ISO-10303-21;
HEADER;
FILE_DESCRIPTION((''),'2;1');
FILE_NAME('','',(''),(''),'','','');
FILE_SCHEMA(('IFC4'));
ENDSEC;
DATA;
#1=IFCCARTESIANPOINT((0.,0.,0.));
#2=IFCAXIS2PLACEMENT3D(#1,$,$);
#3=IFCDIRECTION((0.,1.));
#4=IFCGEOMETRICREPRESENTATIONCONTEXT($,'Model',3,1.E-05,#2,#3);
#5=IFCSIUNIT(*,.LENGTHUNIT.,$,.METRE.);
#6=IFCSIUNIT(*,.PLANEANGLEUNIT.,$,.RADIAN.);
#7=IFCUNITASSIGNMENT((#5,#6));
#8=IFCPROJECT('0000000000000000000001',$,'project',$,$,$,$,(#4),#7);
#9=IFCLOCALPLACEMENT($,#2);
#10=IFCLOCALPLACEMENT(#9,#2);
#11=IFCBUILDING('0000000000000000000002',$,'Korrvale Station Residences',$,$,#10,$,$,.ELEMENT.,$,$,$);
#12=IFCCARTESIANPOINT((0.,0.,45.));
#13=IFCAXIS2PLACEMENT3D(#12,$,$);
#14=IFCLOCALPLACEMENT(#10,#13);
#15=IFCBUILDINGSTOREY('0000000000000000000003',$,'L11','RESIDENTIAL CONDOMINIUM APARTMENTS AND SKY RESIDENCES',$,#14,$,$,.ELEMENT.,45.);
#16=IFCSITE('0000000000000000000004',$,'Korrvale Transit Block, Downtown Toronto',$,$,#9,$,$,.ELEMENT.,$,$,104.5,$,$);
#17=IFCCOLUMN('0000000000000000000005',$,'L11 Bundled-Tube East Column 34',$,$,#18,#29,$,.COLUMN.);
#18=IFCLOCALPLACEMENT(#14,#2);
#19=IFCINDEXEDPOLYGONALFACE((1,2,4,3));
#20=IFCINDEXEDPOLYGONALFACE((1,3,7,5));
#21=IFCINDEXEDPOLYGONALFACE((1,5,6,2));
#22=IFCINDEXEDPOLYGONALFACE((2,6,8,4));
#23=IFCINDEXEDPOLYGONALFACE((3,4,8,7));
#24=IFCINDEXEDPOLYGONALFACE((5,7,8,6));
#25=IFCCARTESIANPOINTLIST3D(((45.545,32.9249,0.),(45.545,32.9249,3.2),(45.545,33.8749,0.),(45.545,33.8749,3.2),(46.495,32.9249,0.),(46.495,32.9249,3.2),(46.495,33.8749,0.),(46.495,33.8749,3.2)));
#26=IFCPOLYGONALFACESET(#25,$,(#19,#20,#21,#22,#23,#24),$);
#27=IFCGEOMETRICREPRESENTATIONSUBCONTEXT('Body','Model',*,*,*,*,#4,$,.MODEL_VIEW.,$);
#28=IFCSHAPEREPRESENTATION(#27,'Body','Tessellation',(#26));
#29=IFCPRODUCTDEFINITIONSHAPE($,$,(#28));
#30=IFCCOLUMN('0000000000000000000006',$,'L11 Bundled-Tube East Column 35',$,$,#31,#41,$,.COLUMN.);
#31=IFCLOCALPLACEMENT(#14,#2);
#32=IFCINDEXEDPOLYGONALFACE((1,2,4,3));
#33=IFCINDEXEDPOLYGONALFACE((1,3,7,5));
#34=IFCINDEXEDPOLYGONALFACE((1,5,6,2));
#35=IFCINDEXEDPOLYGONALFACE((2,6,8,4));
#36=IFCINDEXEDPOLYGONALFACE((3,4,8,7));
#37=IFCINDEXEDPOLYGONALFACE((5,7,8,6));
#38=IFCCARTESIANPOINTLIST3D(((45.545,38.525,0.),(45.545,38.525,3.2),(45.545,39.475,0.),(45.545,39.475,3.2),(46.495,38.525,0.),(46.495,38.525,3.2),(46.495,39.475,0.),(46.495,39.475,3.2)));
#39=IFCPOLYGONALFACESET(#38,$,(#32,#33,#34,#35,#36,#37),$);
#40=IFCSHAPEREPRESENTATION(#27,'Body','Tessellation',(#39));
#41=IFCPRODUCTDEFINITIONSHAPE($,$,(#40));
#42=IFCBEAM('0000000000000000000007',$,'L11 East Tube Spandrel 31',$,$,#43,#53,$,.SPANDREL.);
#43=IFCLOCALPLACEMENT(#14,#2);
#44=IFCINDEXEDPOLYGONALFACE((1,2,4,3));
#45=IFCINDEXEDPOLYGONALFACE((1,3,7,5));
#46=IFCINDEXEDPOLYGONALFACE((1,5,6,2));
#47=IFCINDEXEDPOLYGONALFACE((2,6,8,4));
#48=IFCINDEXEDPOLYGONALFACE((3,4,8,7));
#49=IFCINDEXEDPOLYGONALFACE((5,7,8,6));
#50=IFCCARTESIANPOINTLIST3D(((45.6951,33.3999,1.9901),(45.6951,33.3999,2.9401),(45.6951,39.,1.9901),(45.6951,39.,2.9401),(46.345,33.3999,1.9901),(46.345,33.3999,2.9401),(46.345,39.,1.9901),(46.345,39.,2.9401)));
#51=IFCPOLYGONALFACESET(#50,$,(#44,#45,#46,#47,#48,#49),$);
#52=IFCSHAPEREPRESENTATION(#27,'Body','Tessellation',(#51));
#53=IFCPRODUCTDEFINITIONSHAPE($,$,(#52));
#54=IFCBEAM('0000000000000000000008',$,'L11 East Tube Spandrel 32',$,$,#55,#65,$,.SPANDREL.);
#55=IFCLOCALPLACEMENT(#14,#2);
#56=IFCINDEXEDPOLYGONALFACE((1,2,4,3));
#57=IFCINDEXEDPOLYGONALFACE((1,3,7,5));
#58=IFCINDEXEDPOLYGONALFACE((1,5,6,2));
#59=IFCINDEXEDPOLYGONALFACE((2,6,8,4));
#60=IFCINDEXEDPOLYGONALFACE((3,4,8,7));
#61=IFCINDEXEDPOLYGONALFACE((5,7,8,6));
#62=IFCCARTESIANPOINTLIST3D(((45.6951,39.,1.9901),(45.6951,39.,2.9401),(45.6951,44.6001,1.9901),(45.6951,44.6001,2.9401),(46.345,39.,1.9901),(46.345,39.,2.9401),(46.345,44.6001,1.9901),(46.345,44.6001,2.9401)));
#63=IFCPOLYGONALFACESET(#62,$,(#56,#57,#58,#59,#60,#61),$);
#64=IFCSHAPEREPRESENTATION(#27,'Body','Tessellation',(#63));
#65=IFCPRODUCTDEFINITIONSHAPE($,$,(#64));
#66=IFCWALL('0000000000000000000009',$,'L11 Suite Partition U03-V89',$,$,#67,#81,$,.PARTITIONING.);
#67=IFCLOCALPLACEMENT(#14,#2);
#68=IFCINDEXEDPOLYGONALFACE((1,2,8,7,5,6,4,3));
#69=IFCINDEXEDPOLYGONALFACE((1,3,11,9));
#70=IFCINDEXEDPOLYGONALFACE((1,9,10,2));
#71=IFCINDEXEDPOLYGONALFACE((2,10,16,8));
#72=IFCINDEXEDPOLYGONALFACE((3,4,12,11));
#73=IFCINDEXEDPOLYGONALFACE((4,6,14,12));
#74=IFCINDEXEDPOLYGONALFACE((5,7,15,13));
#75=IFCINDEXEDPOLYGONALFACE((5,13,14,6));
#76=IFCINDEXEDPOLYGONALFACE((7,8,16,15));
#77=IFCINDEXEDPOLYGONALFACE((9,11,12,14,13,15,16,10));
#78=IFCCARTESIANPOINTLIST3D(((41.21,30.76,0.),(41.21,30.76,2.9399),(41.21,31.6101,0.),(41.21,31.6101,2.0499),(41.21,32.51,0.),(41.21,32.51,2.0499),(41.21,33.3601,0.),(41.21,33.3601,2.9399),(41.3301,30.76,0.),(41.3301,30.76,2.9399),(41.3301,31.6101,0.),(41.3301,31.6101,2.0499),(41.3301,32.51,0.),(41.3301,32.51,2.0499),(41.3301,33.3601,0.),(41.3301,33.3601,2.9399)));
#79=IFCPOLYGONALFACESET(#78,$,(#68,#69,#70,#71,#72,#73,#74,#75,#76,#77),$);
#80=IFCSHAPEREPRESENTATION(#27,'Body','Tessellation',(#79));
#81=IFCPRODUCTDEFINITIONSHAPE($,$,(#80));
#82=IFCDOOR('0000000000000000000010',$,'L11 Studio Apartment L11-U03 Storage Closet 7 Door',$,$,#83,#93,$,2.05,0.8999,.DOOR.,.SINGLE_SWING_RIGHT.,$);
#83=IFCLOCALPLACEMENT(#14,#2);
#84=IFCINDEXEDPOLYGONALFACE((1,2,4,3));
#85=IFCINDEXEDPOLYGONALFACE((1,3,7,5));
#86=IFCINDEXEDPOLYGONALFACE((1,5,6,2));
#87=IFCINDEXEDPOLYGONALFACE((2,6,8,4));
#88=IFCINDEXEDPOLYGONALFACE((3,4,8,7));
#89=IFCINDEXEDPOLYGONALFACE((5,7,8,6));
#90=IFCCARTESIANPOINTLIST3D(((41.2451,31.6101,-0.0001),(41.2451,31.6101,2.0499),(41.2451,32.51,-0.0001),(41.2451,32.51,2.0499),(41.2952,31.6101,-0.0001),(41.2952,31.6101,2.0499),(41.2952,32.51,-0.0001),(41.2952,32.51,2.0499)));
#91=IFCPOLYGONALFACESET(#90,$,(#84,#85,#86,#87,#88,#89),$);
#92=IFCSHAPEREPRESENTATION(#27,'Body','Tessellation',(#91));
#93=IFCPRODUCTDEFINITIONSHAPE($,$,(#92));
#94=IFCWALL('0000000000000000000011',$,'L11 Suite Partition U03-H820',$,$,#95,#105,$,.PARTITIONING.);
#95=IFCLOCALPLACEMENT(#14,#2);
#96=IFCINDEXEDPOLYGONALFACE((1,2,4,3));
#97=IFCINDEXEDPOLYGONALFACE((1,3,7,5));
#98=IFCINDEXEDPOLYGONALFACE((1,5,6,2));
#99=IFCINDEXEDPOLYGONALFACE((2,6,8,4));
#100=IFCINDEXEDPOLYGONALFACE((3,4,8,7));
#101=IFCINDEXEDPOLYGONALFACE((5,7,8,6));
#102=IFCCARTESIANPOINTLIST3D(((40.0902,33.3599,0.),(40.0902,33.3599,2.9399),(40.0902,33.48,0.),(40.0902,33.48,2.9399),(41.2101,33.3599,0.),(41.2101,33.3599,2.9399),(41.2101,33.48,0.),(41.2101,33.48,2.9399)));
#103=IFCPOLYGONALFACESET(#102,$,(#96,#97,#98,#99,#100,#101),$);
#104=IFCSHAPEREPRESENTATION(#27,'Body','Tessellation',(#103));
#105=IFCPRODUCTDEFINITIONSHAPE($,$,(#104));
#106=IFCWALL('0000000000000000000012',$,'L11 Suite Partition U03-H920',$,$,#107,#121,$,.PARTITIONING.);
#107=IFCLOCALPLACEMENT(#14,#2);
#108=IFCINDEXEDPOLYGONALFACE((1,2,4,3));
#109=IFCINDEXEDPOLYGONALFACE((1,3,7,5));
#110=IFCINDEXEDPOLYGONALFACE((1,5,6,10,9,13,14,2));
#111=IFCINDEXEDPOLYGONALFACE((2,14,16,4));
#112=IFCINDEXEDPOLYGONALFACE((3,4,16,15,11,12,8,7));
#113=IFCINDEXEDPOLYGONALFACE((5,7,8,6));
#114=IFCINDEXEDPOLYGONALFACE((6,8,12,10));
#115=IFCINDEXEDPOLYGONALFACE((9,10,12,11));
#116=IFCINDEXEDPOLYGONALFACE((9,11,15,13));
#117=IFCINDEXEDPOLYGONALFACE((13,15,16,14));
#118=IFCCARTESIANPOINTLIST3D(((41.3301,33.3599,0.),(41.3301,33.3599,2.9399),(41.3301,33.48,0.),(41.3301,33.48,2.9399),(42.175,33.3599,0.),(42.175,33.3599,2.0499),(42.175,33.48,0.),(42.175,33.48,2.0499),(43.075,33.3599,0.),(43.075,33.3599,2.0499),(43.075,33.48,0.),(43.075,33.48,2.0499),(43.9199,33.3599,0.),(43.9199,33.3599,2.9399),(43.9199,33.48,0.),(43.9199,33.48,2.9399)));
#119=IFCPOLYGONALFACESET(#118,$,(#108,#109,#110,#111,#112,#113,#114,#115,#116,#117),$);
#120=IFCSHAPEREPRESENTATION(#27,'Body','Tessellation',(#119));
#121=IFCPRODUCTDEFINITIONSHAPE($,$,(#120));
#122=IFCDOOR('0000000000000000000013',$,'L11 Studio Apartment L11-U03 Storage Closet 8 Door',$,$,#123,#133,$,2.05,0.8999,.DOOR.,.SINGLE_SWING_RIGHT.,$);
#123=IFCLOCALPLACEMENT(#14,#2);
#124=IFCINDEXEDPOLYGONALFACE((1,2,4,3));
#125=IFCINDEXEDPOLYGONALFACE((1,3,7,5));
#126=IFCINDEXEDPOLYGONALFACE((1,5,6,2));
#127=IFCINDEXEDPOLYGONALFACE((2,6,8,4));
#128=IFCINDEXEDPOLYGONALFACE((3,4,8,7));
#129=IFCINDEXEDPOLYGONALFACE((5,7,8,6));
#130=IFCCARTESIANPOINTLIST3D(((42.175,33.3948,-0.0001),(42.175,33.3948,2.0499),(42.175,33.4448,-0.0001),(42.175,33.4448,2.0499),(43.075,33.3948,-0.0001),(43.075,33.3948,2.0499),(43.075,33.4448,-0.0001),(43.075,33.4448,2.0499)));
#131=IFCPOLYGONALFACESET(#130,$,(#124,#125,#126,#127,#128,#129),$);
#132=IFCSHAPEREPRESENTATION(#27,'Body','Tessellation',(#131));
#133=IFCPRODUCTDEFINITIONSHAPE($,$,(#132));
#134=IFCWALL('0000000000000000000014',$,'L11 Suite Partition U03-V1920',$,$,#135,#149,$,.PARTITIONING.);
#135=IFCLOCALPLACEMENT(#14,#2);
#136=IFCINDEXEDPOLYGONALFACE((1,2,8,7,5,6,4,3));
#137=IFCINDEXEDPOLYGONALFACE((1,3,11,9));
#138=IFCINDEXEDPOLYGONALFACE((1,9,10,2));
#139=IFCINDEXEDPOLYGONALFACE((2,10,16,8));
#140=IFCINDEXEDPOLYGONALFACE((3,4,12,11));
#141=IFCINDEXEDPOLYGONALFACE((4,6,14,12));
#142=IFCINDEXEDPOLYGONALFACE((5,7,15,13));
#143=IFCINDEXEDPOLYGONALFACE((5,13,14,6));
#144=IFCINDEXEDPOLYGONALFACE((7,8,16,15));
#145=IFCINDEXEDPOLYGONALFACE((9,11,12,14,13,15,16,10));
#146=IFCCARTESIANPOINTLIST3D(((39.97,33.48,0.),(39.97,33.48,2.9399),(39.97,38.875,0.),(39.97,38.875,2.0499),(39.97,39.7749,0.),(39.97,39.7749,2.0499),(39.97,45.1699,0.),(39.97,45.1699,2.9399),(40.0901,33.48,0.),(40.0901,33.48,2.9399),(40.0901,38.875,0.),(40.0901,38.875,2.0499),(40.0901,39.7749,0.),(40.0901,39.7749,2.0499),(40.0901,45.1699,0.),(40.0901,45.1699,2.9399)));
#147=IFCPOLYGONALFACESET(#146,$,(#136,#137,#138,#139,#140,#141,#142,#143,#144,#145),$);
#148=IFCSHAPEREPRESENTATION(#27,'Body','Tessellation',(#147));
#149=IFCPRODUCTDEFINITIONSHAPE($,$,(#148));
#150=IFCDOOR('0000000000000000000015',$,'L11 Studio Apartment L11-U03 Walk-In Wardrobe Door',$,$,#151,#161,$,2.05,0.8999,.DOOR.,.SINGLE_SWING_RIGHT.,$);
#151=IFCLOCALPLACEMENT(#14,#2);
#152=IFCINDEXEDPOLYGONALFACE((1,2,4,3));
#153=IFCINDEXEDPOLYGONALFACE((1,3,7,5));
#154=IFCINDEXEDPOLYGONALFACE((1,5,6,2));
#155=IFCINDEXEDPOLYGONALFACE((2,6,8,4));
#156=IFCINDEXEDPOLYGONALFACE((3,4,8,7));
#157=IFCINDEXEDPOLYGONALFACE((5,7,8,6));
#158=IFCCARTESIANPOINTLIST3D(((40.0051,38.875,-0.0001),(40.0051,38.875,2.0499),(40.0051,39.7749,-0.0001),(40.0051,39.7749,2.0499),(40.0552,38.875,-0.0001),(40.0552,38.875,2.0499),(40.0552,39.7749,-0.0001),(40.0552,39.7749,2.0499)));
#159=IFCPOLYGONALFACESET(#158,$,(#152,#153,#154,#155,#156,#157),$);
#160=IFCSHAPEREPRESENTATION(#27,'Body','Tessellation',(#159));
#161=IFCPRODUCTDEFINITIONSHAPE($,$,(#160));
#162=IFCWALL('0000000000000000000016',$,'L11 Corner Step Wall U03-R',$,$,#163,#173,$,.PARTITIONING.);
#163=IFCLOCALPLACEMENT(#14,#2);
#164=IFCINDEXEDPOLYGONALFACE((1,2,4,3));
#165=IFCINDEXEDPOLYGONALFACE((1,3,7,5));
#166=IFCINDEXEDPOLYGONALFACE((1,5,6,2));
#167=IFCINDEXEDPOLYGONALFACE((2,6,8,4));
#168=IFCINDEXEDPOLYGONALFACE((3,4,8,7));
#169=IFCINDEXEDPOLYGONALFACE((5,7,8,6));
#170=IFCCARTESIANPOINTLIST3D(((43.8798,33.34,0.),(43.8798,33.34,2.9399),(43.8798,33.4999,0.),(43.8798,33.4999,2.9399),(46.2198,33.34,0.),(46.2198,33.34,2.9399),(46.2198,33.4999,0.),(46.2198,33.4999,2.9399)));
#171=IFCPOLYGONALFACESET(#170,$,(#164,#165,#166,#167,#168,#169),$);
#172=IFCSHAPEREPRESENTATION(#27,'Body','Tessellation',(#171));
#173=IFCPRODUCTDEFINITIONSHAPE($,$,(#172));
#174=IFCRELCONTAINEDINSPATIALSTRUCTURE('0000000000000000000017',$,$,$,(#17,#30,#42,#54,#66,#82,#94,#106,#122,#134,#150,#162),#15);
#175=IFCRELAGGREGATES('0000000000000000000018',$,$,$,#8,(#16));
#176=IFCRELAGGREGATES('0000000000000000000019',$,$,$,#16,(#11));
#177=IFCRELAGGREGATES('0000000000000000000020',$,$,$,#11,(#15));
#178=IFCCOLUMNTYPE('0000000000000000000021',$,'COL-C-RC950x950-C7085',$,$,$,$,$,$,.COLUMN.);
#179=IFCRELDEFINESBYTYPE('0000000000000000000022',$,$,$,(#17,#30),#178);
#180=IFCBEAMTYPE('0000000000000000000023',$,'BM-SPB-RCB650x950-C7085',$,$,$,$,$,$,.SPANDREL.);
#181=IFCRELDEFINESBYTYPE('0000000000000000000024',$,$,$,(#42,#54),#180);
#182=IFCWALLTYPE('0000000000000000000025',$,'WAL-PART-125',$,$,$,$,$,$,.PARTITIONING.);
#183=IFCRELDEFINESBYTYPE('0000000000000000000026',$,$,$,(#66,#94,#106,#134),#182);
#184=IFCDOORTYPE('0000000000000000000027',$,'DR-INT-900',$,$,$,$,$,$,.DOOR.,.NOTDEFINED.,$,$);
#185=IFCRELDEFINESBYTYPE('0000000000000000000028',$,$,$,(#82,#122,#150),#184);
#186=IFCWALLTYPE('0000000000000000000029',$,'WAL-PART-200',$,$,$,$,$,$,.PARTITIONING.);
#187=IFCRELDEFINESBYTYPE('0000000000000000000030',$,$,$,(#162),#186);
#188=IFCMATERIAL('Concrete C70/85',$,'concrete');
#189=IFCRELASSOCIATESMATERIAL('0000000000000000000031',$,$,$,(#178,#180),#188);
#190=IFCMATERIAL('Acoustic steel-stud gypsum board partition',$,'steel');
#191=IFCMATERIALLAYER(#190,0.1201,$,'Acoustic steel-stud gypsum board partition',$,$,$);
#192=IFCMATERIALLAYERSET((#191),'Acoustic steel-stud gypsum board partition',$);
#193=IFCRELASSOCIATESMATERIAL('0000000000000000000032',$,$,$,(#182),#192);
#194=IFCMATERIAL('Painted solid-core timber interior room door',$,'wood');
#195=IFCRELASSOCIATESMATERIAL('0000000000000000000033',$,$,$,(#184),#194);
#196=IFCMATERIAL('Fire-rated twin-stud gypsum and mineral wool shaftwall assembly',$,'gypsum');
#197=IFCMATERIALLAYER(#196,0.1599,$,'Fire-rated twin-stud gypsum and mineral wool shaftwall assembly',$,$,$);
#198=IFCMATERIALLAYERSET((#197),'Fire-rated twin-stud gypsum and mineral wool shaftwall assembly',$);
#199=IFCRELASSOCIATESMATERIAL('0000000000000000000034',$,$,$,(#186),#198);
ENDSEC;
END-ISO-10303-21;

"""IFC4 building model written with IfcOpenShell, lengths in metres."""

from ifc_helpers import new_model, si_unit, direction, frame, frame_2d, origin, origin_2d, place, context, subcontext, project, spatial, rectangle, extrude, material, layer, layer_set, material_profile, profile_set, type_object, element, fill, save


model = new_model("IFC4")

# Units and contexts
model_context = context("Model", 3, precision=1e-05, world=origin(), true_north=direction((0.0, 1.0)))
body_context = subcontext(model_context, "Body", "Model", "MODEL_VIEW")
ifc_project = project(units=[si_unit("LENGTHUNIT", "METRE"), si_unit("PLANEANGLEUNIT", "RADIAN")], contexts=[model_context])

# Site, building, storey
site_placement = place(None, origin())
site = spatial("IfcSite", under=ifc_project, at=site_placement, Name="Korrvale Transit Block, Downtown Toronto", CompositionType="ELEMENT", RefElevation=104.5)
building_placement = place(site_placement, origin())
building = spatial("IfcBuilding", under=site, at=building_placement, Name="Korrvale Station Residences", CompositionType="ELEMENT")
storey_placement = place(building_placement, frame((0.0, 0.0, 45.0)))
storey = spatial("IfcBuildingStorey", under=building, at=storey_placement, Name="L11", Description="RESIDENTIAL CONDOMINIUM APARTMENTS AND SKY RESIDENCES", CompositionType="ELEMENT", Elevation=45.0)

# Columns
ifc_material_1 = material(Name="Concrete C70/85", Category="concrete")
ifc_material_profile_1 = material_profile(ifc_material_1, rectangle(XDim=0.95, YDim=0.95, at=origin_2d()), Name="RC950x950")
ifc_profile_set_1 = profile_set([ifc_material_profile_1], Name="Concrete C70/85")
column_type = type_object("IfcColumnType", Name="COL-C-RC950x950-C7085", PredefinedType="COLUMN", material=ifc_profile_set_1)
for number, where, z_axis, x_axis, name in (
    (1, (46.02, 33.3999, 0.0), (0.0, 0.0, 1.0), (1.0, 0.0, 0.0), "L11 Bundled-Tube East Column 34"),
    (2, (46.02, 39.0, 0.0), (0.0, 0.0, 1.0), (1.0, 0.0, 0.0), "L11 Bundled-Tube East Column 35"),
):
    element("IfcColumn", number, at=place(storey_placement, frame(where, z_axis=z_axis, x_axis=x_axis)), inside=storey, type_object=column_type, Name=name, PredefinedType="COLUMN", context=body_context, shape_type="SweptSolid", body=[
        extrude(rectangle(XDim=0.95, YDim=0.95, at=origin_2d()), origin(), (0.0, 0.0, 1.0), 3.2),
    ])

# Beams
ifc_material_profile_2 = material_profile(ifc_material_1, rectangle(XDim=0.6499, YDim=0.95, at=origin_2d()), Name="RCB650x950")
ifc_profile_set_2 = profile_set([ifc_material_profile_2], Name="Concrete C70/85")
beam_type = type_object("IfcBeamType", Name="BM-SPB-RCB650x950-C7085", PredefinedType="SPANDREL", material=ifc_profile_set_2)
for number, where, z_axis, x_axis, name in (
    (3, (46.02, 33.3999, 2.4651), (0.0, 1.0, 0.0), (-1.0, 0.0, 0.0), "L11 East Tube Spandrel 31"),
    (4, (46.02, 39.0, 2.4651), (0.0, 1.0, 0.0), (-1.0, 0.0, 0.0), "L11 East Tube Spandrel 32"),
):
    element("IfcBeam", number, at=place(storey_placement, frame(where, z_axis=z_axis, x_axis=x_axis)), inside=storey, type_object=beam_type, Name=name, PredefinedType="SPANDREL", context=body_context, shape_type="SweptSolid", body=[
        extrude(rectangle(XDim=0.6499, YDim=0.95, at=origin_2d()), origin(), (0.0, 0.0, 1.0), 5.6001),
    ])

# Wall, opening, door
ifc_material_2 = material(Name="Acoustic steel-stud gypsum board partition", Category="steel")
ifc_layer_1 = layer(ifc_material_2, 0.1201, Name="Acoustic steel-stud gypsum board partition")
ifc_layer_set_1 = layer_set([ifc_layer_1], Name="Acoustic steel-stud gypsum board partition")
wall_type_1 = type_object("IfcWallType", Name="WAL-PART-125", PredefinedType="PARTITIONING", material=ifc_layer_set_1)
wall_1_placement = place(storey_placement, frame((41.27, 30.76, 0.0), z_axis=(0.0, 0.0, 1.0), x_axis=(0.0, 1.0, 0.0)))
wall_1 = element("IfcWall", 5, at=wall_1_placement, inside=storey, type_object=wall_type_1, Name="L11 Suite Partition U03-V89", PredefinedType="PARTITIONING", context=body_context, shape_type="SweptSolid", body=[
    extrude(rectangle(XDim=2.6001, YDim=0.1201, at=frame_2d((1.3, 0.0))), origin(), (0.0, 0.0, 1.0), 2.9399),
])
opening_1_placement = place(wall_1_placement, frame((0.8501, 0.0, 0.0)))
opening_1 = element("IfcOpeningElement", 6, at=opening_1_placement, cuts=wall_1, PredefinedType="OPENING", context=body_context, shape_type="SweptSolid", body=[
    extrude(rectangle(XDim=0.8999, YDim=2.05, at=frame_2d((0.45, 1.0249))), frame((0.0, 0.0701, 0.0), z_axis=(0.0, -1.0, 0.0), x_axis=(1.0, 0.0, 0.0)), (0.0, 0.0, 1.0), 0.1401),
])
ifc_material_3 = material(Name="Painted solid-core timber interior room door", Category="wood")
door_type = type_object("IfcDoorType", Name="DR-INT-900", OperationType="NOTDEFINED", PredefinedType="DOOR", material=ifc_material_3)
door_1_placement = place(opening_1_placement, origin())
door_1 = element("IfcDoor", 7, at=door_1_placement, inside=storey, type_object=door_type, Name="L11 Studio Apartment L11-U03 Storage Closet 7 Door", OperationType="SINGLE_SWING_RIGHT", OverallHeight=2.05, OverallWidth=0.8999, PredefinedType="DOOR", context=body_context, shape_type="SweptSolid", body=[
    extrude(rectangle(XDim=0.8999, YDim=2.05, at=frame_2d((0.45, 1.0249))), frame((0.0, 0.0249, 0.0), z_axis=(0.0, -1.0, 0.0), x_axis=(1.0, 0.0, 0.0)), (0.0, 0.0, 1.0), 0.05),
])
fill(opening_1, door_1)

# Wall
wall_2_placement = place(storey_placement, frame((40.0901, 33.4199, 0.0), z_axis=(0.0, 0.0, 1.0), x_axis=(1.0, 0.0, 0.0)))
element("IfcWall", 8, at=wall_2_placement, inside=storey, type_object=wall_type_1, Name="L11 Suite Partition U03-H820", PredefinedType="PARTITIONING", context=body_context, shape_type="SweptSolid", body=[
    extrude(rectangle(XDim=1.1199, YDim=0.1201, at=frame_2d((0.5601, 0.0))), origin(), (0.0, 0.0, 1.0), 2.9399),
])

# Walls, openings, doors
wall_3_placement = place(storey_placement, frame((41.3301, 33.4199, 0.0), z_axis=(0.0, 0.0, 1.0), x_axis=(1.0, 0.0, 0.0)))
wall_3 = element("IfcWall", 9, at=wall_3_placement, inside=storey, type_object=wall_type_1, Name="L11 Suite Partition U03-H920", PredefinedType="PARTITIONING", context=body_context, shape_type="SweptSolid", body=[
    extrude(rectangle(XDim=2.5898, YDim=0.1201, at=frame_2d((1.2949, 0.0))), origin(), (0.0, 0.0, 1.0), 2.9399),
])
opening_2_placement = place(wall_3_placement, frame((0.845, 0.0, 0.0)))
opening_2 = element("IfcOpeningElement", 10, at=opening_2_placement, cuts=wall_3, PredefinedType="OPENING", context=body_context, shape_type="SweptSolid", body=[
    extrude(rectangle(XDim=0.8999, YDim=2.05, at=frame_2d((0.45, 1.0249))), frame((0.0, 0.0701, 0.0), z_axis=(0.0, -1.0, 0.0), x_axis=(1.0, 0.0, 0.0)), (0.0, 0.0, 1.0), 0.1401),
])
door_2_placement = place(opening_2_placement, origin())
door_2 = element("IfcDoor", 11, at=door_2_placement, inside=storey, type_object=door_type, Name="L11 Studio Apartment L11-U03 Storage Closet 8 Door", OperationType="SINGLE_SWING_RIGHT", OverallHeight=2.05, OverallWidth=0.8999, PredefinedType="DOOR", context=body_context, shape_type="SweptSolid", body=[
    extrude(rectangle(XDim=0.8999, YDim=2.05, at=frame_2d((0.45, 1.0249))), frame((0.0, 0.0249, 0.0), z_axis=(0.0, -1.0, 0.0), x_axis=(1.0, 0.0, 0.0)), (0.0, 0.0, 1.0), 0.05),
])
fill(opening_2, door_2)
wall_4_placement = place(storey_placement, frame((40.03, 33.48, 0.0), z_axis=(0.0, 0.0, 1.0), x_axis=(0.0, 1.0, 0.0)))
wall_4 = element("IfcWall", 12, at=wall_4_placement, inside=storey, type_object=wall_type_1, Name="L11 Suite Partition U03-V1920", PredefinedType="PARTITIONING", context=body_context, shape_type="SweptSolid", body=[
    extrude(rectangle(XDim=11.6899, YDim=0.1201, at=frame_2d((5.845, 0.0))), origin(), (0.0, 0.0, 1.0), 2.9399),
])
opening_3_placement = place(wall_4_placement, frame((5.395, 0.0, 0.0)))
opening_3 = element("IfcOpeningElement", 13, at=opening_3_placement, cuts=wall_4, PredefinedType="OPENING", context=body_context, shape_type="SweptSolid", body=[
    extrude(rectangle(XDim=0.8999, YDim=2.05, at=frame_2d((0.45, 1.0249))), frame((0.0, 0.0701, 0.0), z_axis=(0.0, -1.0, 0.0), x_axis=(1.0, 0.0, 0.0)), (0.0, 0.0, 1.0), 0.1401),
])
door_3_placement = place(opening_3_placement, origin())
door_3 = element("IfcDoor", 14, at=door_3_placement, inside=storey, type_object=door_type, Name="L11 Studio Apartment L11-U03 Walk-In Wardrobe Door", OperationType="SINGLE_SWING_RIGHT", OverallHeight=2.05, OverallWidth=0.8999, PredefinedType="DOOR", context=body_context, shape_type="SweptSolid", body=[
    extrude(rectangle(XDim=0.8999, YDim=2.05, at=frame_2d((0.45, 1.0249))), frame((0.0, 0.0249, 0.0), z_axis=(0.0, -1.0, 0.0), x_axis=(1.0, 0.0, 0.0)), (0.0, 0.0, 1.0), 0.05),
])
fill(opening_3, door_3)

# Wall
ifc_material_4 = material(Name="Fire-rated twin-stud gypsum and mineral wool shaftwall assembly", Category="gypsum")
ifc_layer_2 = layer(ifc_material_4, 0.1599, Name="Fire-rated twin-stud gypsum and mineral wool shaftwall assembly")
ifc_layer_set_2 = layer_set([ifc_layer_2], Name="Fire-rated twin-stud gypsum and mineral wool shaftwall assembly")
wall_type_2 = type_object("IfcWallType", Name="WAL-PART-200", PredefinedType="PARTITIONING", material=ifc_layer_set_2)
wall_5_placement = place(storey_placement, frame((43.8799, 33.4199, 0.0), z_axis=(0.0, 0.0, 1.0), x_axis=(1.0, 0.0, 0.0)))
element("IfcWall", 15, at=wall_5_placement, inside=storey, type_object=wall_type_2, Name="L11 Corner Step Wall U03-R", PredefinedType="PARTITIONING", context=body_context, shape_type="SweptSolid", body=[
    extrude(rectangle(XDim=2.3401, YDim=0.1599, at=frame_2d((1.1699, 0.0))), origin(), (0.0, 0.0, 1.0), 2.9399),
])

save(model, "model.ifc")
